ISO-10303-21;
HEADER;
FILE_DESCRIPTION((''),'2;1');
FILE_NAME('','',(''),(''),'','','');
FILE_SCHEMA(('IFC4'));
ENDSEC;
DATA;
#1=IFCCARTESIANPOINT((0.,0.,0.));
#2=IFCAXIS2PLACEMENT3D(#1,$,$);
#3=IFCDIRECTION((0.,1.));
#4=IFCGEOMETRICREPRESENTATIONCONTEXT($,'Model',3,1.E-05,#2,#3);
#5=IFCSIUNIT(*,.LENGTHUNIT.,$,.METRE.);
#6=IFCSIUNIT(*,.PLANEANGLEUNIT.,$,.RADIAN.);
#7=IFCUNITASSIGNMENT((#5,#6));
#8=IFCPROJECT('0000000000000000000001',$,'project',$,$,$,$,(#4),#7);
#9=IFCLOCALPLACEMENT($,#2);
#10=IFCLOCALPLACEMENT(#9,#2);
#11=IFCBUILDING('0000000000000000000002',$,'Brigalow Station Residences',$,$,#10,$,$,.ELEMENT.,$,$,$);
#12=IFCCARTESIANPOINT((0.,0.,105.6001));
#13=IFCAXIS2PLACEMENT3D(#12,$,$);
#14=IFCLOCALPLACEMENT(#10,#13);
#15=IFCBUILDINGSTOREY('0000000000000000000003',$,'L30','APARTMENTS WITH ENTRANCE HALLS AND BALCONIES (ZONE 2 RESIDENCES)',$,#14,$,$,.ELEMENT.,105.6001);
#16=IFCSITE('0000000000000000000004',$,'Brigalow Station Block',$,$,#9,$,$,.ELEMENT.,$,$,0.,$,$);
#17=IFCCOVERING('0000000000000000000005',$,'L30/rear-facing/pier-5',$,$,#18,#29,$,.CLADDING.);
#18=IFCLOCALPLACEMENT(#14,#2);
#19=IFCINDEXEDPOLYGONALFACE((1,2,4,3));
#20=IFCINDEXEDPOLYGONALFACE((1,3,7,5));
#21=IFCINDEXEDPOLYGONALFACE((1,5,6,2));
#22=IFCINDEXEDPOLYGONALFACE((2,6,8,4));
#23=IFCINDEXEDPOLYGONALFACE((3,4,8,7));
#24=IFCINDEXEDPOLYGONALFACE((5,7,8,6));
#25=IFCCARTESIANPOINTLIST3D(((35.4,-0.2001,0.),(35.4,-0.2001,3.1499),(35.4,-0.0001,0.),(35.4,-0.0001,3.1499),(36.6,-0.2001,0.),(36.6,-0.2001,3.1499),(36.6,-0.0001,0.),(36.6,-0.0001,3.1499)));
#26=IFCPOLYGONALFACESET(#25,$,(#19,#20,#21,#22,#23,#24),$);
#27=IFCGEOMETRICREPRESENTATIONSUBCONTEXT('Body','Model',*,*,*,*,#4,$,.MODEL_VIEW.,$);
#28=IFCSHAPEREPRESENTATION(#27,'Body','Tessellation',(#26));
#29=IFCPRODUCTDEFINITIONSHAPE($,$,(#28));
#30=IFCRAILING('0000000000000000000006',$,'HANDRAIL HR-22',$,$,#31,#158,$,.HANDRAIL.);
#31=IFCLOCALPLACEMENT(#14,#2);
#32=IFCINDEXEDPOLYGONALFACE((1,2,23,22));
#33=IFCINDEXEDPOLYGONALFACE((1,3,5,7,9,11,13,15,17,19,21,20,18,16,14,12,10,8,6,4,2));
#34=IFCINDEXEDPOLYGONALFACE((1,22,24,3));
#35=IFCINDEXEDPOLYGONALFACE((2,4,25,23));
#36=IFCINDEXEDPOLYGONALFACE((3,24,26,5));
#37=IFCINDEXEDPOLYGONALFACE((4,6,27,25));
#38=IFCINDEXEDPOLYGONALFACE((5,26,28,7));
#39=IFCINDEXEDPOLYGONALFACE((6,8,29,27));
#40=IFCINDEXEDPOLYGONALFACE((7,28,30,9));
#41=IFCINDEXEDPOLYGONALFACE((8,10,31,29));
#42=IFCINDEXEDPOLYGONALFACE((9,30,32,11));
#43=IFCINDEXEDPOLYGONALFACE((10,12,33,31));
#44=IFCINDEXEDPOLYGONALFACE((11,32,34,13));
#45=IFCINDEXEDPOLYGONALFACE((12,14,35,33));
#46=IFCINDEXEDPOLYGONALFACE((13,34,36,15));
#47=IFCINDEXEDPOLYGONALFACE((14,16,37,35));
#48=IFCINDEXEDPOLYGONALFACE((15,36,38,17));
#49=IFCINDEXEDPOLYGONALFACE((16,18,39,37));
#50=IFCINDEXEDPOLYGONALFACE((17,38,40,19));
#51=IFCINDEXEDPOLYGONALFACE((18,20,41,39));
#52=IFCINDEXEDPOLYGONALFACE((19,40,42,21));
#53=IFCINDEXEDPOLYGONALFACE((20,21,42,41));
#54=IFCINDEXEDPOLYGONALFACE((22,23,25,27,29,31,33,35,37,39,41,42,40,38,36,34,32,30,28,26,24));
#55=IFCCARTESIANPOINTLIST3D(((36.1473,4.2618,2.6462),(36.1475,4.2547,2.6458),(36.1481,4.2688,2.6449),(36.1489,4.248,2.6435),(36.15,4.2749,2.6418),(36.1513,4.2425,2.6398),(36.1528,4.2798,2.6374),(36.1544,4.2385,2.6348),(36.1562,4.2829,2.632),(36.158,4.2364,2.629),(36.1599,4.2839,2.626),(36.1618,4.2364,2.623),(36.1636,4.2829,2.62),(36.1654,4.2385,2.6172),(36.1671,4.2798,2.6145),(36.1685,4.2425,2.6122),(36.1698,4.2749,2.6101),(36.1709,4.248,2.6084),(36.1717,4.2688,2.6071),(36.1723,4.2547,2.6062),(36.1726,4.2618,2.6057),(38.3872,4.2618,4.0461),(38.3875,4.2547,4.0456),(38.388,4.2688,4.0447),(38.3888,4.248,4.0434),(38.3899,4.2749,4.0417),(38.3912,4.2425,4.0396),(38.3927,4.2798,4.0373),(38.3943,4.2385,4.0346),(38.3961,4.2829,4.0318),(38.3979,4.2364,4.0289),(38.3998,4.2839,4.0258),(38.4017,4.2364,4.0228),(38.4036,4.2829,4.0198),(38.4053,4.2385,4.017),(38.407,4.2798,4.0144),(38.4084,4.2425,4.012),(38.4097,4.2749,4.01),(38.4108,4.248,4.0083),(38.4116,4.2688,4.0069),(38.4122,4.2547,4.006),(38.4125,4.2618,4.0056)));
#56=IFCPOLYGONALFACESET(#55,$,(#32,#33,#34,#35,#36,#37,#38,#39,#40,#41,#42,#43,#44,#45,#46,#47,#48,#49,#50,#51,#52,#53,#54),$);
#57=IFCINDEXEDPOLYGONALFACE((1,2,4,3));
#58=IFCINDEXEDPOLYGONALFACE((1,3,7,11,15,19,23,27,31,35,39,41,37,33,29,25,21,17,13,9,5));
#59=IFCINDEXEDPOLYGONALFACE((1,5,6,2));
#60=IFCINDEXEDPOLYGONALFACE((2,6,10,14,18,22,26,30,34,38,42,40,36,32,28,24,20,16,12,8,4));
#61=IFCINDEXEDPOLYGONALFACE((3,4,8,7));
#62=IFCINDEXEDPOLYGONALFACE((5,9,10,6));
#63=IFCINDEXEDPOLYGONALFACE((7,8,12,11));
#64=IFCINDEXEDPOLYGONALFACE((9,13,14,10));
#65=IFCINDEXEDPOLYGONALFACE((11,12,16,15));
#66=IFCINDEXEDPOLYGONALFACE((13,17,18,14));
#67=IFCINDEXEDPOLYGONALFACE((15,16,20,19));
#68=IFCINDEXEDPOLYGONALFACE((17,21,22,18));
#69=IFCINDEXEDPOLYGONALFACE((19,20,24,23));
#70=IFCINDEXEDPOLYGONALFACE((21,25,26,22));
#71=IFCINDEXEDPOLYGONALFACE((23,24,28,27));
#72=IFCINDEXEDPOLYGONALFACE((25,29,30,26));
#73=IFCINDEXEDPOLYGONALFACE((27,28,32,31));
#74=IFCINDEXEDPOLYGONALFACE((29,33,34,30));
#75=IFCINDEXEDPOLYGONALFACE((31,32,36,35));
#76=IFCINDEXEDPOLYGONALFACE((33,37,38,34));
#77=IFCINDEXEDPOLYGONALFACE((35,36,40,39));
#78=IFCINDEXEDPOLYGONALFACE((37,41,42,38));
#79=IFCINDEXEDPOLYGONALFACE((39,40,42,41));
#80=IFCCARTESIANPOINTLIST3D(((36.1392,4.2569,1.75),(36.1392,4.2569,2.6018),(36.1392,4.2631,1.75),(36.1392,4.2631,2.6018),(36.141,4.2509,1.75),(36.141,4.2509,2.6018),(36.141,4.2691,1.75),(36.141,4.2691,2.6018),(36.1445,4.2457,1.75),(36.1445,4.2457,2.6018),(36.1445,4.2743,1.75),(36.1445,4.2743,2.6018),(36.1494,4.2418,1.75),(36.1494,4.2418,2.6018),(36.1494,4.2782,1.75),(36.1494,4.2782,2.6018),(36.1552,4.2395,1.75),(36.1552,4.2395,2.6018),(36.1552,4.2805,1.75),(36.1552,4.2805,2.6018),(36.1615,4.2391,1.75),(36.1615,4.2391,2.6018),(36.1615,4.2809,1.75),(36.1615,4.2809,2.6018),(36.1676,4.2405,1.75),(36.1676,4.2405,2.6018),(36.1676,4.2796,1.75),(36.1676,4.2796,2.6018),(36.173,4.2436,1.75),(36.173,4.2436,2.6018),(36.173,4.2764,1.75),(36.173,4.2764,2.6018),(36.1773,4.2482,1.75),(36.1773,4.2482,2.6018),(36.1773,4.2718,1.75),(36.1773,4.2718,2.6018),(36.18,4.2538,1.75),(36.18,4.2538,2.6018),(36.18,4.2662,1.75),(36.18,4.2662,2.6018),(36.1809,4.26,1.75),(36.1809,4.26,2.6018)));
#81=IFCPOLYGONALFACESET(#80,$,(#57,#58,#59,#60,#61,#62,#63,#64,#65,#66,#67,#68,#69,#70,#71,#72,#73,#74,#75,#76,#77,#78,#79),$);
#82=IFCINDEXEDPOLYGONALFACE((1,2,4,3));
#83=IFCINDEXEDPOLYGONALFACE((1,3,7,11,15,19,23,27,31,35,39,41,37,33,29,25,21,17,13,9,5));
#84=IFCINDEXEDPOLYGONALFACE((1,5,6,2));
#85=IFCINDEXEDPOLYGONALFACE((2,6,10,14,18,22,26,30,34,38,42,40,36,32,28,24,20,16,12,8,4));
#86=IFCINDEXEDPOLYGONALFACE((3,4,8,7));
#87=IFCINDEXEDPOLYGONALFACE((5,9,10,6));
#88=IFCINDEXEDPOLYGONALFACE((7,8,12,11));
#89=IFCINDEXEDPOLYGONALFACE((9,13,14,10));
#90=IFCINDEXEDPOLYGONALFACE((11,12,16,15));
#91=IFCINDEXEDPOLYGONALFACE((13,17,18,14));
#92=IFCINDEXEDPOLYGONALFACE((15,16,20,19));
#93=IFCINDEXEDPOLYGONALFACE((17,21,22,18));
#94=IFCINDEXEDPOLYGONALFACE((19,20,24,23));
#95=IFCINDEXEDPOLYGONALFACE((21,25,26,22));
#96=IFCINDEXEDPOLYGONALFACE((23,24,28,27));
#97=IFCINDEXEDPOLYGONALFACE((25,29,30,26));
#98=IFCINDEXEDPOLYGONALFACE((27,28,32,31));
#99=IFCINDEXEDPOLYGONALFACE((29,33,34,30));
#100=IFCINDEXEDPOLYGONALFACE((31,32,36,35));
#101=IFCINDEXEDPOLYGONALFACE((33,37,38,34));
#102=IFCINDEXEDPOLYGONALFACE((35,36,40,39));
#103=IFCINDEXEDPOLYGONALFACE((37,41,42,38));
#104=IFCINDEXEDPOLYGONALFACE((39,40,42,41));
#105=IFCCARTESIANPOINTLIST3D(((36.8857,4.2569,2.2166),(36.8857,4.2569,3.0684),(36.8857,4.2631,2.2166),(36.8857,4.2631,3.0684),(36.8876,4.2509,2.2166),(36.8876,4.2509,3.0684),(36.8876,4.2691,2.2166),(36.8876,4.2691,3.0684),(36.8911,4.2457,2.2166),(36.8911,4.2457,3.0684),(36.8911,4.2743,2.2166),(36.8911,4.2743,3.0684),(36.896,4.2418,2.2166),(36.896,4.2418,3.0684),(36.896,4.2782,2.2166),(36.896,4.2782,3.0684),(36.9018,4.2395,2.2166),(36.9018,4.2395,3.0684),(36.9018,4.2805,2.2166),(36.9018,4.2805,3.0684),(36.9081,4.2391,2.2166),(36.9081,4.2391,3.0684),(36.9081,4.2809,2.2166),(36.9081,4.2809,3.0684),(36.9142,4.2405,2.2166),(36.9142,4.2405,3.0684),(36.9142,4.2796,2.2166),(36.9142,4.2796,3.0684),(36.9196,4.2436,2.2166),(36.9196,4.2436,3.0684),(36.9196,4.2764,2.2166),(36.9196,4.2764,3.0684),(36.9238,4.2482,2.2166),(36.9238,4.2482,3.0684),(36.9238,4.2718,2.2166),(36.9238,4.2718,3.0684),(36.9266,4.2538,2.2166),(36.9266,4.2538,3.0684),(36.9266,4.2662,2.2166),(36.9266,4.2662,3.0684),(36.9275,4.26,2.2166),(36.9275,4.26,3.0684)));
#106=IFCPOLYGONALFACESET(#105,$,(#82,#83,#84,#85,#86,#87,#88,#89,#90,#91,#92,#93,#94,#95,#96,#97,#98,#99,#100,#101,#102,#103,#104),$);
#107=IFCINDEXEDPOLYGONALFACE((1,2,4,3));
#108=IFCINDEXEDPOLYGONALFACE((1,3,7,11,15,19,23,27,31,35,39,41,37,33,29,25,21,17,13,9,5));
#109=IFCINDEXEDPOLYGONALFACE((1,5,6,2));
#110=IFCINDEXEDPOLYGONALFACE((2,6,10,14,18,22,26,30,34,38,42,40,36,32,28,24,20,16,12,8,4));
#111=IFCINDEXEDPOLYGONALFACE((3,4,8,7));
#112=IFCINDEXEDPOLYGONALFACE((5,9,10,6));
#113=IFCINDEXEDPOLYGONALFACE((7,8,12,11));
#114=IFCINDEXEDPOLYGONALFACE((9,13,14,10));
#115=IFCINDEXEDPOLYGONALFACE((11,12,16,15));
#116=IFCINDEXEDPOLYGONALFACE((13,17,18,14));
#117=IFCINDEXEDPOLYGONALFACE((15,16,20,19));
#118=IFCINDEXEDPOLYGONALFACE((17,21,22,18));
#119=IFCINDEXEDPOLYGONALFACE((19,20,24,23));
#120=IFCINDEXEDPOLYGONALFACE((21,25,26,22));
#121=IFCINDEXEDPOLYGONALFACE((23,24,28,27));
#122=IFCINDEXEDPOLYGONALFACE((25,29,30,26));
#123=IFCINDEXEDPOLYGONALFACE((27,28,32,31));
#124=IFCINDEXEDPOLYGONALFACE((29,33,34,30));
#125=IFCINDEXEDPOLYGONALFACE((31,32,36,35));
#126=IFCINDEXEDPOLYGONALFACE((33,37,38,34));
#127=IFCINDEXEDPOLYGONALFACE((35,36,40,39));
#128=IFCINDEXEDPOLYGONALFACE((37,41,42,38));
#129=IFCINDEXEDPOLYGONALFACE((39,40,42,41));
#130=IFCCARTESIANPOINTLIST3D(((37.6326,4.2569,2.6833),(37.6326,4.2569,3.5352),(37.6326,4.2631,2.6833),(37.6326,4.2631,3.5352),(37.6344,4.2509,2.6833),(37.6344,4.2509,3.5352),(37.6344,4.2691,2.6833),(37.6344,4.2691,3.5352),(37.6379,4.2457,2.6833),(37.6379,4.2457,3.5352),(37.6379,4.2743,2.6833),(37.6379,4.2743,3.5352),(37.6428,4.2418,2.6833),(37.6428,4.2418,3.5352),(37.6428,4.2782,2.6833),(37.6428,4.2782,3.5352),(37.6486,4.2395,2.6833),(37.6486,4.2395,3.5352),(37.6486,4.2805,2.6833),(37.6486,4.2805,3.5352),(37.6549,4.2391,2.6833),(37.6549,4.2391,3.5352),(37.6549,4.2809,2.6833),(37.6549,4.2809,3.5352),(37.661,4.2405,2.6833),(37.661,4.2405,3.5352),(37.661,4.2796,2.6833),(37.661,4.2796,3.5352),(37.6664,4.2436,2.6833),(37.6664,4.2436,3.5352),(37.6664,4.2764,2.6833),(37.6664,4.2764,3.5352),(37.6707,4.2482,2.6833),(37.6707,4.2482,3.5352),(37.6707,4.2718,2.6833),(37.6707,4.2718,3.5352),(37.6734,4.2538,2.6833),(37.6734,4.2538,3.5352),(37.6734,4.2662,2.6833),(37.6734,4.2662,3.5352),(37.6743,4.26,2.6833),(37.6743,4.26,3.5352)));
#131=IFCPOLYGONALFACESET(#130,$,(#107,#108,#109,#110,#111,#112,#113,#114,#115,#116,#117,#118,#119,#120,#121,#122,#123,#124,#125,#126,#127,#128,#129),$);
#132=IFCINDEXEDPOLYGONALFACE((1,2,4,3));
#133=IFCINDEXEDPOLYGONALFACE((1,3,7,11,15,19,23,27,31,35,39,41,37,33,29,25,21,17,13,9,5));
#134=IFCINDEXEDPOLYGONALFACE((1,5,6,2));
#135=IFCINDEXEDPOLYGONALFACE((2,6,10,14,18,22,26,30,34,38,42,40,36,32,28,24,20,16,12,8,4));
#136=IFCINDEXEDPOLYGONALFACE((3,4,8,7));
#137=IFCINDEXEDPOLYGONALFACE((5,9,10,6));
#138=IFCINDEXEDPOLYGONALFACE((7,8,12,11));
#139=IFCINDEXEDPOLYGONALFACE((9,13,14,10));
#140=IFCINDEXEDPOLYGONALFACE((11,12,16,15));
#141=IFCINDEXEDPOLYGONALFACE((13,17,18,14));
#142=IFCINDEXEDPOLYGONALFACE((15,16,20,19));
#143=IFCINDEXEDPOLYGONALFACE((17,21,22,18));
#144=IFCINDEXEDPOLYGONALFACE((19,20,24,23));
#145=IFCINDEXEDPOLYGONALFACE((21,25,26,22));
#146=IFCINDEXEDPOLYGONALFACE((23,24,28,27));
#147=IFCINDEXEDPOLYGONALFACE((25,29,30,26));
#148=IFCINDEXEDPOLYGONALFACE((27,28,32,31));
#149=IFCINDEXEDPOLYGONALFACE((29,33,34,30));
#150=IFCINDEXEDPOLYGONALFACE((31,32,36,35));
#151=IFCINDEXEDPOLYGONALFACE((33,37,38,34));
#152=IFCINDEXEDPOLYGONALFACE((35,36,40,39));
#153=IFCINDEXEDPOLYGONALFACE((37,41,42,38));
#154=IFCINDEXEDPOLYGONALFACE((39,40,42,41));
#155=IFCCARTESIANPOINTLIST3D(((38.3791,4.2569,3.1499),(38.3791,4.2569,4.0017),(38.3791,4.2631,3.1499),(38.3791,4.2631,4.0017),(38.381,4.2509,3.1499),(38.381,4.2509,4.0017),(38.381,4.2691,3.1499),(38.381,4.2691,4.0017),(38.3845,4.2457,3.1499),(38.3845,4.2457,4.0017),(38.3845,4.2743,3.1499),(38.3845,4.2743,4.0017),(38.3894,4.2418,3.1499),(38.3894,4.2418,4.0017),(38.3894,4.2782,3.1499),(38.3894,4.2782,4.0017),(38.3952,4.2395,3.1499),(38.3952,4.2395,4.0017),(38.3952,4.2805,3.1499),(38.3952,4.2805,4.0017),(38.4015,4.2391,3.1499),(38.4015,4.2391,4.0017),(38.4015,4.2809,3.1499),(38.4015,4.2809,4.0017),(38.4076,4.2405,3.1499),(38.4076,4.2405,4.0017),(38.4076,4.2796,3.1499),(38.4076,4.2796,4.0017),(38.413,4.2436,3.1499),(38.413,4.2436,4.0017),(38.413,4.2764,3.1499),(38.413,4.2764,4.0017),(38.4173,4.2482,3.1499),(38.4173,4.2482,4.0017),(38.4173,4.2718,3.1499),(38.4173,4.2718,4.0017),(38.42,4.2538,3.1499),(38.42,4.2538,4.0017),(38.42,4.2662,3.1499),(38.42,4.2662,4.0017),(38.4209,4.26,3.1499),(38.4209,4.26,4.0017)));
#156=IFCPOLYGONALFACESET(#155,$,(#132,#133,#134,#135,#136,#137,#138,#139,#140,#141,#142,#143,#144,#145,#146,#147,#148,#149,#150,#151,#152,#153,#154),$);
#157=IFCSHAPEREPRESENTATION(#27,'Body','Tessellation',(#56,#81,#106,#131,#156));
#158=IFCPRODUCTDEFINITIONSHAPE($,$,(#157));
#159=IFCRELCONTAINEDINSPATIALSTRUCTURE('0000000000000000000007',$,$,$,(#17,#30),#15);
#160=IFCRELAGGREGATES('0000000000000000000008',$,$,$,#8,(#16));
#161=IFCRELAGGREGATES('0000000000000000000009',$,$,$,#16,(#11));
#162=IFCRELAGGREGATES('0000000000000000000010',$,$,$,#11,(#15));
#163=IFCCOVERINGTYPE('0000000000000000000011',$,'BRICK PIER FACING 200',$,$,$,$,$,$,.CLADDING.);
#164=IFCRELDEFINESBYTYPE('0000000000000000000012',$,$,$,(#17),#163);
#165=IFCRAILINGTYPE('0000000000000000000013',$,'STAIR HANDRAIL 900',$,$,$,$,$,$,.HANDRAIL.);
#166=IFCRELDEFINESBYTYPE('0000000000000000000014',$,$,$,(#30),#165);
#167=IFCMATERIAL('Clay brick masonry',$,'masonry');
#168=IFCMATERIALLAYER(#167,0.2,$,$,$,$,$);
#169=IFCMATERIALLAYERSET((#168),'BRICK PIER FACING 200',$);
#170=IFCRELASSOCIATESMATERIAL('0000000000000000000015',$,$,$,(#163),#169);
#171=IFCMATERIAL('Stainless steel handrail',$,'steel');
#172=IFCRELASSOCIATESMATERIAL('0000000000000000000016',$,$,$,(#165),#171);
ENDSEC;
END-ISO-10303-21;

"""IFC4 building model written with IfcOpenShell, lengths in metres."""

from ifc_helpers import new_model, si_unit, direction, frame, origin, origin_2d, place, context, subcontext, project, spatial, rectangle, circle, extrude, material, layer, layer_set, type_object, element, save


model = new_model("IFC4")

# Units and contexts
model_context = context("Model", 3, precision=1e-05, world=origin(), true_north=direction((0.0, 1.0)))
body_context = subcontext(model_context, "Body", "Model", "MODEL_VIEW")
ifc_project = project(units=[si_unit("LENGTHUNIT", "METRE"), si_unit("PLANEANGLEUNIT", "RADIAN")], contexts=[model_context])

# Site, building, storey
site_placement = place(None, origin())
site = spatial("IfcSite", under=ifc_project, at=site_placement, Name="Brigalow Station Block", CompositionType="ELEMENT", RefElevation=0.0)
building_placement = place(site_placement, origin())
building = spatial("IfcBuilding", under=site, at=building_placement, Name="Brigalow Station Residences", CompositionType="ELEMENT")
storey_placement = place(building_placement, frame((0.0, 0.0, 105.6001)))
storey = spatial("IfcBuildingStorey", under=building, at=storey_placement, Name="L30", Description="APARTMENTS WITH ENTRANCE HALLS AND BALCONIES (ZONE 2 RESIDENCES)", CompositionType="ELEMENT", Elevation=105.6001)

# Covering
ifc_material_1 = material(Name="Clay brick masonry", Category="masonry")
ifc_layer_1 = layer(ifc_material_1, 0.2)
ifc_layer_set_1 = layer_set([ifc_layer_1], Name="BRICK PIER FACING 200")
covering_type_1 = type_object("IfcCoveringType", Name="BRICK PIER FACING 200", PredefinedType="CLADDING", material=ifc_layer_set_1)
for number, where, z_axis, x_axis, name in (
    (1, (36.0, -0.1001, 0.0), (0.0, 0.0, 1.0), (1.0, 0.0, 0.0), "L30/rear-facing/pier-5"),
):
    element("IfcCovering", number, at=place(storey_placement, frame(where, z_axis=z_axis, x_axis=x_axis)), inside=storey, type_object=covering_type_1, Name=name, PredefinedType="CLADDING", context=body_context, shape_type="SweptSolid", body=[
        extrude(rectangle(XDim=1.2, YDim=0.2, at=origin_2d()), origin(), (0.0, 0.0, 1.0), 3.1499),
    ])

# Railing
ifc_material_2 = material(Name="Stainless steel handrail", Category="steel")
railing_type = type_object("IfcRailingType", Name="STAIR HANDRAIL 900", PredefinedType="HANDRAIL", material=ifc_material_2)
railing_placement = place(storey_placement, frame((36.1599, 4.26, 1.75)))
element("IfcRailing", 2, at=railing_placement, inside=storey, type_object=railing_type, Name="HANDRAIL HR-22", PredefinedType="HANDRAIL", context=body_context, shape_type="SweptSolid", body=[
    extrude(circle(Radius=0.0239, at=origin_2d()), frame((0.0, 0.0, 0.876), z_axis=(0.848014, 0.0, 0.529974), x_axis=(0.0, 1.0, 0.0)), (0.0, 0.0, 1.0), 2.6414),
    extrude(circle(Radius=0.021, at=origin_2d()), origin(), (0.0, 0.0, 1.0), 0.8518),
    extrude(circle(Radius=0.021, at=origin_2d()), frame((0.7466, 0.0, 0.4666)), (0.0, 0.0, 1.0), 0.8518),
    extrude(circle(Radius=0.021, at=origin_2d()), frame((1.4934, 0.0, 0.9333)), (0.0, 0.0, 1.0), 0.8518),
    extrude(circle(Radius=0.021, at=origin_2d()), frame((2.24, 0.0, 1.3999)), (0.0, 0.0, 1.0), 0.8518),
])

save(model, "model.ifc")
